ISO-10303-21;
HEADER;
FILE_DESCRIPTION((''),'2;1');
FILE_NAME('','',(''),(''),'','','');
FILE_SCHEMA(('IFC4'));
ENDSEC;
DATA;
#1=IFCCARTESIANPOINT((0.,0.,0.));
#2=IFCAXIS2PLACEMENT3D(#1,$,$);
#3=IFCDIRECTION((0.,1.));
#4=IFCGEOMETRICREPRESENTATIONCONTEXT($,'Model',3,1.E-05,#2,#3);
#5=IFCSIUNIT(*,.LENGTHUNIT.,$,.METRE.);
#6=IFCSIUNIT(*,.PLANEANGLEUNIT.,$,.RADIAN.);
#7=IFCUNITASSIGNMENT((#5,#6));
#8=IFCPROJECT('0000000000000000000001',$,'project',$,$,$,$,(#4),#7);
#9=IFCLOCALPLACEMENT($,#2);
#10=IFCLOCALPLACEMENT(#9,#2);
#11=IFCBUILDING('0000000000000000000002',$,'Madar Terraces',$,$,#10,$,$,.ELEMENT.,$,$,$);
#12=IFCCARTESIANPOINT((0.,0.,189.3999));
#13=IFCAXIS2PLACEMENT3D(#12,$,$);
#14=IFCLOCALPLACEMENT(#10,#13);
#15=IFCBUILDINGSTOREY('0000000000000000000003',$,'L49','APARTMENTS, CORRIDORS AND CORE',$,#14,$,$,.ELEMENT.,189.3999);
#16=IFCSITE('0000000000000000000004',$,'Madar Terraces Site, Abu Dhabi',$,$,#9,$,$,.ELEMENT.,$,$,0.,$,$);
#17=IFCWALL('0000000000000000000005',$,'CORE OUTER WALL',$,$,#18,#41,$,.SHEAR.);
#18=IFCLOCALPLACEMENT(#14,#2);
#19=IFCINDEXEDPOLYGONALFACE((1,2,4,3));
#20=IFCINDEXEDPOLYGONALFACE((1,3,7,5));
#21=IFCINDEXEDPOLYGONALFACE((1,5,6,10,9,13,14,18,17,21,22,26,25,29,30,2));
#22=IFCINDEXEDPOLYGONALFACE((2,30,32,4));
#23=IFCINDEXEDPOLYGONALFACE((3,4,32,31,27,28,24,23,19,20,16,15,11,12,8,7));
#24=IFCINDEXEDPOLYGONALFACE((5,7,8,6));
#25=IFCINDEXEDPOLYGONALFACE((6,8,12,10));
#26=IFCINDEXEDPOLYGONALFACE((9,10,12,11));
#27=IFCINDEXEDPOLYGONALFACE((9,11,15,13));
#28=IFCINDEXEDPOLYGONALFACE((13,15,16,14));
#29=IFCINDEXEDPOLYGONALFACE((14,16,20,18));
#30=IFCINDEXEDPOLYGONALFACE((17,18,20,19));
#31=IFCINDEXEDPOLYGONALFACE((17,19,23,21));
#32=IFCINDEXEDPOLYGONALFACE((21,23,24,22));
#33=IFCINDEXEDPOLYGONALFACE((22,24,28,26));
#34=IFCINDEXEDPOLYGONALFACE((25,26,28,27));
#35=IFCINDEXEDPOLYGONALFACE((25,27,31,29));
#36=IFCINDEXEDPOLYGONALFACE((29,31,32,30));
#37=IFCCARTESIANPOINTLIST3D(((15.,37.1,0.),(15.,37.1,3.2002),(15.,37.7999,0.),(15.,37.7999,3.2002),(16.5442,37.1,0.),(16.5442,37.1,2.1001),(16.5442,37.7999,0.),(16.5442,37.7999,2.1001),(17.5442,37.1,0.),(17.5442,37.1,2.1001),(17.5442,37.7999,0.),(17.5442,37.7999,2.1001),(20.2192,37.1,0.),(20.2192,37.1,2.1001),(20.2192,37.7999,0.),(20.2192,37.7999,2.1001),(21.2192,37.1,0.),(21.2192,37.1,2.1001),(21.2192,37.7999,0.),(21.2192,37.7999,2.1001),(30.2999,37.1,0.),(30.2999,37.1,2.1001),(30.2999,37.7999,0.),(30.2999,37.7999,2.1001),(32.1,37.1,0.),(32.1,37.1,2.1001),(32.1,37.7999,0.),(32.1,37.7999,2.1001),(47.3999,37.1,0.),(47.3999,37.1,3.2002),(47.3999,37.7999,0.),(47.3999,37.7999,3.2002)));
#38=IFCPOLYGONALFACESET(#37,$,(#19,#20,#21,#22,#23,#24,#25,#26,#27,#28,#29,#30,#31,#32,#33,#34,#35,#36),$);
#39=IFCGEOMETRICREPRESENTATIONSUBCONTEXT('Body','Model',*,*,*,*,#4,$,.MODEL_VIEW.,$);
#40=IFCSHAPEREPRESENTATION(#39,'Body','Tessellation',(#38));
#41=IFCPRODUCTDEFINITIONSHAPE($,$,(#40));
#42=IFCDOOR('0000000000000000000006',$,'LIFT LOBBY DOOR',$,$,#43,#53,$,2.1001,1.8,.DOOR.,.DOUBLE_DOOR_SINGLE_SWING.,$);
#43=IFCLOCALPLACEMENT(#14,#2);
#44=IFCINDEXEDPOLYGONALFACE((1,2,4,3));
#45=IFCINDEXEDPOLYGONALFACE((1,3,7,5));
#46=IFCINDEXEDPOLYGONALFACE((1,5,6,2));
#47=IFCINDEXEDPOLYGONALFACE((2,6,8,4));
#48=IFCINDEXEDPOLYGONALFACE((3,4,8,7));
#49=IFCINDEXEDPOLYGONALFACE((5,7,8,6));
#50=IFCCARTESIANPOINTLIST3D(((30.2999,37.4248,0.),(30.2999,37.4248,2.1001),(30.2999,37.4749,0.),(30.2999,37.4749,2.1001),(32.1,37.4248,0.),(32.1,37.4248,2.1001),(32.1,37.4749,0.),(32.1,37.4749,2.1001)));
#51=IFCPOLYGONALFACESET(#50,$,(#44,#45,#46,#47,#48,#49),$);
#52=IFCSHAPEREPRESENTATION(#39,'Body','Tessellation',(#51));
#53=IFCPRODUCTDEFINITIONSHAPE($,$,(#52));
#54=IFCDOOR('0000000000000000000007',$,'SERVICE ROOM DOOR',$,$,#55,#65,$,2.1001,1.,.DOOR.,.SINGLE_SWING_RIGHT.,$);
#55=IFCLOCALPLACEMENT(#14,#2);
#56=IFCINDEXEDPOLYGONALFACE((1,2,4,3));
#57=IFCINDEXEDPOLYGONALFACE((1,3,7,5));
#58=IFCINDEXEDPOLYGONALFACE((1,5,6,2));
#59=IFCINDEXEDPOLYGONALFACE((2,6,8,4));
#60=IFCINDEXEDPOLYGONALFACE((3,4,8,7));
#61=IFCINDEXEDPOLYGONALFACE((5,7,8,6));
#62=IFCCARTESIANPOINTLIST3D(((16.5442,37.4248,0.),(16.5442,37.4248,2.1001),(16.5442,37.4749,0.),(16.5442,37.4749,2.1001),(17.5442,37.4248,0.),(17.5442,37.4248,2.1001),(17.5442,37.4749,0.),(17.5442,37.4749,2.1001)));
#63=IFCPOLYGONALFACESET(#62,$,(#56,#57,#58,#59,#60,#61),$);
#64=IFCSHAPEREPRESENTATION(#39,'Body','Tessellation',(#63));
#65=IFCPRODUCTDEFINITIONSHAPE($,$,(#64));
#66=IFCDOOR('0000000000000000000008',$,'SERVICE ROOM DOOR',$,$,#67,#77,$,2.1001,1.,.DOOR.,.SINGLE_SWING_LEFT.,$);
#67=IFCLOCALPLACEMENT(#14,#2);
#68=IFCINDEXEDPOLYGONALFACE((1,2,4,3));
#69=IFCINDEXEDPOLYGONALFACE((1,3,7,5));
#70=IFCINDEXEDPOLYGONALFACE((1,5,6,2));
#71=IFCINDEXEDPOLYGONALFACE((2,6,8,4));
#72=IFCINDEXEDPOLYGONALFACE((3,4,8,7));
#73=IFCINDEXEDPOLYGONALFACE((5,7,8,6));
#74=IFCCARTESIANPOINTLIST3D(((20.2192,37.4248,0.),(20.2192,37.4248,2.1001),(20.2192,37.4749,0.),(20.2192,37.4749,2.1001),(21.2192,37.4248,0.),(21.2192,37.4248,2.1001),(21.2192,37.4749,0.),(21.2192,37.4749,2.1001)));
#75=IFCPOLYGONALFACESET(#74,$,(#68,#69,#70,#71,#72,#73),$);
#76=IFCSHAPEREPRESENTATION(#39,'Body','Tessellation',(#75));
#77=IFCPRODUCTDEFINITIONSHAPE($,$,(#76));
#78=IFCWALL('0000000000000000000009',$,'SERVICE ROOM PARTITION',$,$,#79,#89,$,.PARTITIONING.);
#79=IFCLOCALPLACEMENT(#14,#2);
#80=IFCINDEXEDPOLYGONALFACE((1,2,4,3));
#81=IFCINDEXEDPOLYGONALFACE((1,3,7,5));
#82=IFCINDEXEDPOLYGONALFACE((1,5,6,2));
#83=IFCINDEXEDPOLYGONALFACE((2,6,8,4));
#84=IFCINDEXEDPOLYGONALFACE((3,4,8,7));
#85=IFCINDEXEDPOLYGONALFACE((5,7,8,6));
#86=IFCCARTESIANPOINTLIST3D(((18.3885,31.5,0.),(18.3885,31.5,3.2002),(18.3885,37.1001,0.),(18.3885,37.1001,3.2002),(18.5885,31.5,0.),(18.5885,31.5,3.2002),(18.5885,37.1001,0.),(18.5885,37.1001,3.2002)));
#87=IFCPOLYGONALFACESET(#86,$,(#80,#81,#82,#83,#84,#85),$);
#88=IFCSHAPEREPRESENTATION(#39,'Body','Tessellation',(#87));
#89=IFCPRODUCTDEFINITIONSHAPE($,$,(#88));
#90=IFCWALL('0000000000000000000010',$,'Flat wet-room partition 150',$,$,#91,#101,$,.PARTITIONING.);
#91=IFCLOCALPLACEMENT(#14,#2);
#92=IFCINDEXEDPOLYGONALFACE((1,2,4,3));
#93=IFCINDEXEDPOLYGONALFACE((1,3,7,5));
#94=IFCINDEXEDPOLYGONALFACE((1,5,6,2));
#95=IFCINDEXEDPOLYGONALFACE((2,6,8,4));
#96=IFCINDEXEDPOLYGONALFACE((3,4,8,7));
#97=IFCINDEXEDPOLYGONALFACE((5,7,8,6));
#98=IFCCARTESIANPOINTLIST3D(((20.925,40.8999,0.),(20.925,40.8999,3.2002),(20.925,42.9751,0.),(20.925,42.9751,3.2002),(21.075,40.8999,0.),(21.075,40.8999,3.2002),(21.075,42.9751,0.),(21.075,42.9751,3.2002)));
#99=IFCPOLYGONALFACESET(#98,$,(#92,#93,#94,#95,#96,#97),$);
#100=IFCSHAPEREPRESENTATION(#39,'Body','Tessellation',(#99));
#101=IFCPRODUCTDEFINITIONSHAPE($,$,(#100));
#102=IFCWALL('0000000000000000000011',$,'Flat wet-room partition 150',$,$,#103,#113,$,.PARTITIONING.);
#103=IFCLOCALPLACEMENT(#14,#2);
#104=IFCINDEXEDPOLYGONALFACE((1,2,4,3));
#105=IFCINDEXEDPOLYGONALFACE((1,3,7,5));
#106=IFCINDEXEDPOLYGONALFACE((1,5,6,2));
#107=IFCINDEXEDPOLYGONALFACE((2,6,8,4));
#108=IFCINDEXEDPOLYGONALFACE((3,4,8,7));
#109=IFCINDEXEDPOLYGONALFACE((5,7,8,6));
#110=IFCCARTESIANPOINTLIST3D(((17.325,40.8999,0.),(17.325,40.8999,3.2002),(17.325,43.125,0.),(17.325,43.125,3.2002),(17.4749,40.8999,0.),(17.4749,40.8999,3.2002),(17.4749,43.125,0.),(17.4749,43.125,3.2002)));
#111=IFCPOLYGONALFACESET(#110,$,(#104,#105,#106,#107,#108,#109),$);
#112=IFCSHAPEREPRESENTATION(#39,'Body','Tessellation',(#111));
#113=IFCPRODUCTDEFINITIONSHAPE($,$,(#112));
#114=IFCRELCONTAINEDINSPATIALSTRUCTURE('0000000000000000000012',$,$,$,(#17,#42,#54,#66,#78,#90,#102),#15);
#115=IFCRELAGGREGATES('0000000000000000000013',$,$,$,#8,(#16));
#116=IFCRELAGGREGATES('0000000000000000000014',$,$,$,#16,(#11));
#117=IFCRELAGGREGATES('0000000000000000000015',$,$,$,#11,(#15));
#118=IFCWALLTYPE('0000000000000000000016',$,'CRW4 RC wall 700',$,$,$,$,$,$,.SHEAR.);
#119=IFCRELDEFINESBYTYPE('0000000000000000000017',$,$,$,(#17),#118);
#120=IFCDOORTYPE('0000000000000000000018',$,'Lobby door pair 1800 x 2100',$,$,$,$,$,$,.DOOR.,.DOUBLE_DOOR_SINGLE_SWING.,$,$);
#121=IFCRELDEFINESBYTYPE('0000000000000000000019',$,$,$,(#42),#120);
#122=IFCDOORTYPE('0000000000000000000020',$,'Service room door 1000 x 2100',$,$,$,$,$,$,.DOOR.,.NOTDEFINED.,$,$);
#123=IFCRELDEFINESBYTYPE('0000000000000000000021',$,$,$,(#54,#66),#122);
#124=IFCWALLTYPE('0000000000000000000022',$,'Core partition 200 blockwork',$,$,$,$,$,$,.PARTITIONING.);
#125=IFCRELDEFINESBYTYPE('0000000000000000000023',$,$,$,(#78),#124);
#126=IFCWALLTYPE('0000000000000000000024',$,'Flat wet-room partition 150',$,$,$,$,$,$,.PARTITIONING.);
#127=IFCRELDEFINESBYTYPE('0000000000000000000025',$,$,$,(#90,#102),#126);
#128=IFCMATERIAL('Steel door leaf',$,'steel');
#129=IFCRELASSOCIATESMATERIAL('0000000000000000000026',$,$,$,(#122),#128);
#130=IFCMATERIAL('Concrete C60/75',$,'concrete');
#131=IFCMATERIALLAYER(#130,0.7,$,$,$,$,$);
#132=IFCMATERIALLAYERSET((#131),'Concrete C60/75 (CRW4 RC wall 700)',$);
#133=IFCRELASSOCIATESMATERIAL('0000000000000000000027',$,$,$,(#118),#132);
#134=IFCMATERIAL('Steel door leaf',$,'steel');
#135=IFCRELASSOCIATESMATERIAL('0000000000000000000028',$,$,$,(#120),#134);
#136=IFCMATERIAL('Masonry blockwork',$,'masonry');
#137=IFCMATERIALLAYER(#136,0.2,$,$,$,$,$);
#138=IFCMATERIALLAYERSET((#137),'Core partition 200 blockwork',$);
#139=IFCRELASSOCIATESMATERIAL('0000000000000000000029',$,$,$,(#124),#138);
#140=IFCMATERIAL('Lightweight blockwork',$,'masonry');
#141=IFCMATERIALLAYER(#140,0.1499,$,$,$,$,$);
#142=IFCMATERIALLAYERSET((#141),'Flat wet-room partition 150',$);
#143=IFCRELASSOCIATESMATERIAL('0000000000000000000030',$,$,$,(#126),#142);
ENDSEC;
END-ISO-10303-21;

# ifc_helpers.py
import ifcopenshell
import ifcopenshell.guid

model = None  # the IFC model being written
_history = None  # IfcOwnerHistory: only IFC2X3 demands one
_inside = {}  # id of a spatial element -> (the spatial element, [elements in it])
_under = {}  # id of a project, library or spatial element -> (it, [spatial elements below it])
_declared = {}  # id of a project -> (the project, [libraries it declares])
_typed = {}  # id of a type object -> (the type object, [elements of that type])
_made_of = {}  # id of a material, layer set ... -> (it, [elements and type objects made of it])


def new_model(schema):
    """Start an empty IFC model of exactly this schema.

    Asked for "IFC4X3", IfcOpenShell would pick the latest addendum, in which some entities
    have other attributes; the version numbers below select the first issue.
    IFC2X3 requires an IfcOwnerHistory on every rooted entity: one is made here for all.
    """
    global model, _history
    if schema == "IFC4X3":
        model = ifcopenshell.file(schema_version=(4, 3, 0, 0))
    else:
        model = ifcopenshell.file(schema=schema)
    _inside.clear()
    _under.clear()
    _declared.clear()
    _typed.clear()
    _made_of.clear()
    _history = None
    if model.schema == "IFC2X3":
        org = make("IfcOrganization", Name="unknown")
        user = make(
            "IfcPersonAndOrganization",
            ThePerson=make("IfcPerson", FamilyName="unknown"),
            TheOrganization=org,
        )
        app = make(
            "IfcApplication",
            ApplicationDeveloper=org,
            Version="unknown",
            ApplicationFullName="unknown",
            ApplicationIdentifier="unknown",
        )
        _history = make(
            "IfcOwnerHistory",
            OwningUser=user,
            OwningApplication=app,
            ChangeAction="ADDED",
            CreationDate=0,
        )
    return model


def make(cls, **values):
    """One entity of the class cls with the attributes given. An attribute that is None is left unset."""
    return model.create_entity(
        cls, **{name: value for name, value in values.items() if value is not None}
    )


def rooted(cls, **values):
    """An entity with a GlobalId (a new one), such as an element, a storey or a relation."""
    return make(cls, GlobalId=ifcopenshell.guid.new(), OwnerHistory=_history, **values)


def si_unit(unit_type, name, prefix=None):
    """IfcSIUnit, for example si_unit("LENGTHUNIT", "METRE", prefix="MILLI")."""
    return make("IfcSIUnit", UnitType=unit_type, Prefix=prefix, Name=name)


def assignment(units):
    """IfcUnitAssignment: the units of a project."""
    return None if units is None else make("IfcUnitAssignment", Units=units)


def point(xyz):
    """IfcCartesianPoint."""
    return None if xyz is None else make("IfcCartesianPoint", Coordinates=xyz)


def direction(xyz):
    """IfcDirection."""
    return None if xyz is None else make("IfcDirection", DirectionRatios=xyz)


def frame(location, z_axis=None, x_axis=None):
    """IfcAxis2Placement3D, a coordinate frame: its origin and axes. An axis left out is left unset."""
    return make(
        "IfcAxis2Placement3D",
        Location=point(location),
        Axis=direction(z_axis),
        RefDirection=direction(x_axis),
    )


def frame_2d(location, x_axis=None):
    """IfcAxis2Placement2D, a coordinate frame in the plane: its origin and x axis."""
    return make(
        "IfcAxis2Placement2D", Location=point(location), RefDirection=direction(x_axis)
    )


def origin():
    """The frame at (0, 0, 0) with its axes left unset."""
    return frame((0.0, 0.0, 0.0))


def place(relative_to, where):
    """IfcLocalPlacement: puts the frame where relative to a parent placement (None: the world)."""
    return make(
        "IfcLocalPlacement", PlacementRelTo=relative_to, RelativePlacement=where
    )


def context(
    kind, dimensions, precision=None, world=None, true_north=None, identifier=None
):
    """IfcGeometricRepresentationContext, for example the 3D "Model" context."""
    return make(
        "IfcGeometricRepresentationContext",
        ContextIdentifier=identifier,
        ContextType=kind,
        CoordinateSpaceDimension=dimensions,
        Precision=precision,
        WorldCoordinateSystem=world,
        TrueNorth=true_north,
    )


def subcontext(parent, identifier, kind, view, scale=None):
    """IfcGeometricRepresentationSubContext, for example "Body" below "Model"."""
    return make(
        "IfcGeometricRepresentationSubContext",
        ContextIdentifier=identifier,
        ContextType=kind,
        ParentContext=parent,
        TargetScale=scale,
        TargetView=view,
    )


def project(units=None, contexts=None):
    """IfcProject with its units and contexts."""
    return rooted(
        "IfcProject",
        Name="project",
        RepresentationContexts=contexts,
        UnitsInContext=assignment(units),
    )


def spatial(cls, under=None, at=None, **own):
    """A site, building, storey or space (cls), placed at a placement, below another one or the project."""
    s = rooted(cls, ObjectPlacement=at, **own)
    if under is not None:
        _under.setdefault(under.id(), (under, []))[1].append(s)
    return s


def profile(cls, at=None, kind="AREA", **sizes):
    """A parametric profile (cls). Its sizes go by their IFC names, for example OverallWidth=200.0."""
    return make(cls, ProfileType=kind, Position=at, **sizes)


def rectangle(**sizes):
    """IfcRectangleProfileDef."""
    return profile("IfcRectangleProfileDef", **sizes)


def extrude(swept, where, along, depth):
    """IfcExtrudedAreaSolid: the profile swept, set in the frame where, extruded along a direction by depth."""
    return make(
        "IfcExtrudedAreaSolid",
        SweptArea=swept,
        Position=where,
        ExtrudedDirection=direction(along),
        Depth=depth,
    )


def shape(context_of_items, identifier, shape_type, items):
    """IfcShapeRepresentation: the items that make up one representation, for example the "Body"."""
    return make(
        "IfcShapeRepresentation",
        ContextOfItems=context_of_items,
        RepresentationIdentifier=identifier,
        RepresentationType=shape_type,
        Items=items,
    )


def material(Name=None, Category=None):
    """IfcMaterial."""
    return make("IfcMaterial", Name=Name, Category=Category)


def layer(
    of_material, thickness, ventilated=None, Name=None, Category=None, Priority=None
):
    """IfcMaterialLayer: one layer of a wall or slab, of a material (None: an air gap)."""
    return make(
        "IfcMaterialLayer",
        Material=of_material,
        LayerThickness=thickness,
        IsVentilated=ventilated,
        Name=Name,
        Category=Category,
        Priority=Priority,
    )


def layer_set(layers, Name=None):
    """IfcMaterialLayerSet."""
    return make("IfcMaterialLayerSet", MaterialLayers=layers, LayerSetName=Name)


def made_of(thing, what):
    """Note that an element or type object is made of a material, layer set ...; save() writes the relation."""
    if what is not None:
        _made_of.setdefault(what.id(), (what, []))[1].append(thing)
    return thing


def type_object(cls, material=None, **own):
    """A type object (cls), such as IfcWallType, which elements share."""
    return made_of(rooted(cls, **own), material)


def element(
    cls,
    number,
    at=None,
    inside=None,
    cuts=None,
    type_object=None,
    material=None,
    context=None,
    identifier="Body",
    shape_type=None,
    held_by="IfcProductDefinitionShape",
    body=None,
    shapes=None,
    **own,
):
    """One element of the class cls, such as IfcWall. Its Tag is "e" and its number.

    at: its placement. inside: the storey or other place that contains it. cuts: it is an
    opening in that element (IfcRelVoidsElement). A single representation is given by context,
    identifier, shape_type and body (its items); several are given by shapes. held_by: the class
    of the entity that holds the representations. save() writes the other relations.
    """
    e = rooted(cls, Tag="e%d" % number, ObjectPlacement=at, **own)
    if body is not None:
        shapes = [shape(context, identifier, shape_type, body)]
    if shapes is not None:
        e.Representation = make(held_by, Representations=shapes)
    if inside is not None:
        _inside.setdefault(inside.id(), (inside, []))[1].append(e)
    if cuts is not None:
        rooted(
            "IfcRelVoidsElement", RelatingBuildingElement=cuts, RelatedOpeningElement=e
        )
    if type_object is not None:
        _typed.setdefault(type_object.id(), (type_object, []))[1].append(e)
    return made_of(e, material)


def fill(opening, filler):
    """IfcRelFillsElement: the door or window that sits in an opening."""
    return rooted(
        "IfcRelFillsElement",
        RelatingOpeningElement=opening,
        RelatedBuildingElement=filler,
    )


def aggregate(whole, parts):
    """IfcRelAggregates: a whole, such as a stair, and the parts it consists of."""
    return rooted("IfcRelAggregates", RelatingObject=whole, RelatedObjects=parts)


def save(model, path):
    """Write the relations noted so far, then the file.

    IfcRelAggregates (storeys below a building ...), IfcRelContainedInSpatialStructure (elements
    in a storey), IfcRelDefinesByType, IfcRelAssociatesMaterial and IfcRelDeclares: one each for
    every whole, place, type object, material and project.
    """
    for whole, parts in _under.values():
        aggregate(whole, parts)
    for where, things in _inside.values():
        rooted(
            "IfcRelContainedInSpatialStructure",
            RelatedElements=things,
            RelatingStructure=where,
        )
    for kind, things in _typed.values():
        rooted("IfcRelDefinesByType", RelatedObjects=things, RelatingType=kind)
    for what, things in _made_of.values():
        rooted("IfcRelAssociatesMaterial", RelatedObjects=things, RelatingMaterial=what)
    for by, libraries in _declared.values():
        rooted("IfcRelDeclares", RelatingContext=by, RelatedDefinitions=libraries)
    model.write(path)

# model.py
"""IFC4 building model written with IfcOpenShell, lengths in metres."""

from ifc_helpers import new_model, si_unit, direction, frame, frame_2d, origin, place, context, subcontext, project, spatial, rectangle, extrude, material, layer, layer_set, type_object, element, fill, save


model = new_model("IFC4")

# Units and contexts
model_context = context("Model", 3, precision=1e-05, world=origin(), true_north=direction((0.0, 1.0)))
body_context = subcontext(model_context, "Body", "Model", "MODEL_VIEW")
ifc_project = project(units=[si_unit("LENGTHUNIT", "METRE"), si_unit("PLANEANGLEUNIT", "RADIAN")], contexts=[model_context])

# Site, building, storey
site_placement = place(None, origin())
site = spatial("IfcSite", under=ifc_project, at=site_placement, Name="Madar Terraces Site, Abu Dhabi", CompositionType="ELEMENT", RefElevation=0.0)
building_placement = place(site_placement, origin())
building = spatial("IfcBuilding", under=site, at=building_placement, Name="Madar Terraces", CompositionType="ELEMENT")
storey_placement = place(building_placement, frame((0.0, 0.0, 189.3999)))
storey = spatial("IfcBuildingStorey", under=building, at=storey_placement, Name="L49", Description="APARTMENTS, CORRIDORS AND CORE", CompositionType="ELEMENT", Elevation=189.3999)

# Shared definitions
ifc_material_1 = material(Name="Steel door leaf", Category="steel")
door_type_1 = type_object("IfcDoorType", Name="Service room door 1000 x 2100", OperationType="NOTDEFINED", PredefinedType="DOOR", material=ifc_material_1)

# Wall, openings, doors
ifc_material_2 = material(Name="Concrete C60/75", Category="concrete")
ifc_layer_1 = layer(ifc_material_2, 0.7)
ifc_layer_set_1 = layer_set([ifc_layer_1], Name="Concrete C60/75 (CRW4 RC wall 700)")
wall_type_1 = type_object("IfcWallType", Name="CRW4 RC wall 700", PredefinedType="SHEAR", material=ifc_layer_set_1)
wall_1_placement = place(storey_placement, frame((15.0, 37.45, 0.0), z_axis=(0.0, 0.0, 1.0), x_axis=(1.0, 0.0, 0.0)))
wall_1 = element("IfcWall", 1, at=wall_1_placement, inside=storey, type_object=wall_type_1, Name="CORE OUTER WALL", PredefinedType="SHEAR", context=body_context, shape_type="SweptSolid", body=[
    extrude(rectangle(XDim=32.3999, YDim=0.7, at=frame_2d((16.2, 0.0))), origin(), (0.0, 0.0, 1.0), 3.2002),
])
opening_1_placement = place(wall_1_placement, frame((15.3, 0.0, 0.0)))
opening_1 = element("IfcOpeningElement", 2, at=opening_1_placement, cuts=wall_1, PredefinedType="OPENING", context=body_context, shape_type="SweptSolid", body=[
    extrude(rectangle(XDim=1.8, YDim=2.1001, at=frame_2d((0.8999, 1.05))), frame((0.0, 0.3599, 0.0), z_axis=(0.0, -1.0, 0.0), x_axis=(1.0, 0.0, 0.0)), (0.0, 0.0, 1.0), 0.72),
])
opening_2_placement = place(wall_1_placement, frame((1.5442, 0.0, 0.0)))
opening_2 = element("IfcOpeningElement", 3, at=opening_2_placement, cuts=wall_1, PredefinedType="OPENING", context=body_context, shape_type="SweptSolid", body=[
    extrude(rectangle(XDim=1.0, YDim=2.1001, at=frame_2d((0.5, 1.05))), frame((0.0, 0.3599, 0.0), z_axis=(0.0, -1.0, 0.0), x_axis=(1.0, 0.0, 0.0)), (0.0, 0.0, 1.0), 0.72),
])
opening_3_placement = place(wall_1_placement, frame((5.2192, 0.0, 0.0)))
opening_3 = element("IfcOpeningElement", 4, at=opening_3_placement, cuts=wall_1, PredefinedType="OPENING", context=body_context, shape_type="SweptSolid", body=[
    extrude(rectangle(XDim=1.0, YDim=2.1001, at=frame_2d((0.5, 1.05))), frame((0.0, 0.3599, 0.0), z_axis=(0.0, -1.0, 0.0), x_axis=(1.0, 0.0, 0.0)), (0.0, 0.0, 1.0), 0.72),
])
ifc_material_3 = material(Name="Steel door leaf", Category="steel")
door_type_2 = type_object("IfcDoorType", Name="Lobby door pair 1800 x 2100", OperationType="DOUBLE_DOOR_SINGLE_SWING", PredefinedType="DOOR", material=ifc_material_3)
door_1_placement = place(opening_1_placement, origin())
door_1 = element("IfcDoor", 5, at=door_1_placement, inside=storey, type_object=door_type_2, Name="LIFT LOBBY DOOR", OperationType="DOUBLE_DOOR_SINGLE_SWING", OverallHeight=2.1001, OverallWidth=1.8, PredefinedType="DOOR", context=body_context, shape_type="SweptSolid", body=[
    extrude(rectangle(XDim=1.8, YDim=2.1001, at=frame_2d((0.8999, 1.05))), frame((0.0, 0.0249, 0.0), z_axis=(0.0, -1.0, 0.0), x_axis=(1.0, 0.0, 0.0)), (0.0, 0.0, 1.0), 0.05),
])
fill(opening_1, door_1)
door_2_placement = place(opening_2_placement, origin())
door_2 = element("IfcDoor", 6, at=door_2_placement, inside=storey, type_object=door_type_1, Name="SERVICE ROOM DOOR", OperationType="SINGLE_SWING_RIGHT", OverallHeight=2.1001, OverallWidth=1.0, PredefinedType="DOOR", context=body_context, shape_type="SweptSolid", body=[
    extrude(rectangle(XDim=1.0, YDim=2.1001, at=frame_2d((0.5, 1.05))), frame((0.0, 0.0249, 0.0), z_axis=(0.0, -1.0, 0.0), x_axis=(1.0, 0.0, 0.0)), (0.0, 0.0, 1.0), 0.05),
])
fill(opening_2, door_2)
door_3_placement = place(opening_3_placement, origin())
door_3 = element("IfcDoor", 7, at=door_3_placement, inside=storey, type_object=door_type_1, Name="SERVICE ROOM DOOR", OperationType="SINGLE_SWING_LEFT", OverallHeight=2.1001, OverallWidth=1.0, PredefinedType="DOOR", context=body_context, shape_type="SweptSolid", body=[
    extrude(rectangle(XDim=1.0, YDim=2.1001, at=frame_2d((0.5, 1.05))), frame((0.0, 0.0249, 0.0), z_axis=(0.0, -1.0, 0.0), x_axis=(1.0, 0.0, 0.0)), (0.0, 0.0, 1.0), 0.05),
])
fill(opening_3, door_3)

# Walls
ifc_material_4 = material(Name="Masonry blockwork", Category="masonry")
ifc_layer_2 = layer(ifc_material_4, 0.2)
ifc_layer_set_2 = layer_set([ifc_layer_2], Name="Core partition 200 blockwork")
wall_type_2 = type_object("IfcWallType", Name="Core partition 200 blockwork", PredefinedType="PARTITIONING", material=ifc_layer_set_2)
wall_2_placement = place(storey_placement, frame((18.4885, 31.5, 0.0), z_axis=(0.0, 0.0, 1.0), x_axis=(0.0, 1.0, 0.0)))
element("IfcWall", 8, at=wall_2_placement, inside=storey, type_object=wall_type_2, Name="SERVICE ROOM PARTITION", PredefinedType="PARTITIONING", context=body_context, shape_type="SweptSolid", body=[
    extrude(rectangle(XDim=5.6001, YDim=0.2, at=frame_2d((2.8, 0.0))), origin(), (0.0, 0.0, 1.0), 3.2002),
])
ifc_material_5 = material(Name="Lightweight blockwork", Category="masonry")
ifc_layer_3 = layer(ifc_material_5, 0.1499)
ifc_layer_set_3 = layer_set([ifc_layer_3], Name="Flat wet-room partition 150")
wall_type_3 = type_object("IfcWallType", Name="Flat wet-room partition 150", PredefinedType="PARTITIONING", material=ifc_layer_set_3)
wall_3_placement = place(storey_placement, frame((21.0, 40.8999, 0.0), z_axis=(0.0, 0.0, 1.0), x_axis=(0.0, 1.0, 0.0)))
element("IfcWall", 9, at=wall_3_placement, inside=storey, type_object=wall_type_3, Name="Flat wet-room partition 150", PredefinedType="PARTITIONING", context=body_context, shape_type="SweptSolid", body=[
    extrude(rectangle(XDim=2.0752, YDim=0.1499, at=frame_2d((1.0376, 0.0))), origin(), (0.0, 0.0, 1.0), 3.2002),
])
wall_4_placement = place(storey_placement, frame((17.3999, 40.8999, 0.0), z_axis=(0.0, 0.0, 1.0), x_axis=(0.0, 1.0, 0.0)))
element("IfcWall", 10, at=wall_4_placement, inside=storey, type_object=wall_type_3, Name="Flat wet-room partition 150", PredefinedType="PARTITIONING", context=body_context, shape_type="SweptSolid", body=[
    extrude(rectangle(XDim=2.2251, YDim=0.1499, at=frame_2d((1.1125, 0.0))), origin(), (0.0, 0.0, 1.0), 3.2002),
])

save(model, "model.ifc")
